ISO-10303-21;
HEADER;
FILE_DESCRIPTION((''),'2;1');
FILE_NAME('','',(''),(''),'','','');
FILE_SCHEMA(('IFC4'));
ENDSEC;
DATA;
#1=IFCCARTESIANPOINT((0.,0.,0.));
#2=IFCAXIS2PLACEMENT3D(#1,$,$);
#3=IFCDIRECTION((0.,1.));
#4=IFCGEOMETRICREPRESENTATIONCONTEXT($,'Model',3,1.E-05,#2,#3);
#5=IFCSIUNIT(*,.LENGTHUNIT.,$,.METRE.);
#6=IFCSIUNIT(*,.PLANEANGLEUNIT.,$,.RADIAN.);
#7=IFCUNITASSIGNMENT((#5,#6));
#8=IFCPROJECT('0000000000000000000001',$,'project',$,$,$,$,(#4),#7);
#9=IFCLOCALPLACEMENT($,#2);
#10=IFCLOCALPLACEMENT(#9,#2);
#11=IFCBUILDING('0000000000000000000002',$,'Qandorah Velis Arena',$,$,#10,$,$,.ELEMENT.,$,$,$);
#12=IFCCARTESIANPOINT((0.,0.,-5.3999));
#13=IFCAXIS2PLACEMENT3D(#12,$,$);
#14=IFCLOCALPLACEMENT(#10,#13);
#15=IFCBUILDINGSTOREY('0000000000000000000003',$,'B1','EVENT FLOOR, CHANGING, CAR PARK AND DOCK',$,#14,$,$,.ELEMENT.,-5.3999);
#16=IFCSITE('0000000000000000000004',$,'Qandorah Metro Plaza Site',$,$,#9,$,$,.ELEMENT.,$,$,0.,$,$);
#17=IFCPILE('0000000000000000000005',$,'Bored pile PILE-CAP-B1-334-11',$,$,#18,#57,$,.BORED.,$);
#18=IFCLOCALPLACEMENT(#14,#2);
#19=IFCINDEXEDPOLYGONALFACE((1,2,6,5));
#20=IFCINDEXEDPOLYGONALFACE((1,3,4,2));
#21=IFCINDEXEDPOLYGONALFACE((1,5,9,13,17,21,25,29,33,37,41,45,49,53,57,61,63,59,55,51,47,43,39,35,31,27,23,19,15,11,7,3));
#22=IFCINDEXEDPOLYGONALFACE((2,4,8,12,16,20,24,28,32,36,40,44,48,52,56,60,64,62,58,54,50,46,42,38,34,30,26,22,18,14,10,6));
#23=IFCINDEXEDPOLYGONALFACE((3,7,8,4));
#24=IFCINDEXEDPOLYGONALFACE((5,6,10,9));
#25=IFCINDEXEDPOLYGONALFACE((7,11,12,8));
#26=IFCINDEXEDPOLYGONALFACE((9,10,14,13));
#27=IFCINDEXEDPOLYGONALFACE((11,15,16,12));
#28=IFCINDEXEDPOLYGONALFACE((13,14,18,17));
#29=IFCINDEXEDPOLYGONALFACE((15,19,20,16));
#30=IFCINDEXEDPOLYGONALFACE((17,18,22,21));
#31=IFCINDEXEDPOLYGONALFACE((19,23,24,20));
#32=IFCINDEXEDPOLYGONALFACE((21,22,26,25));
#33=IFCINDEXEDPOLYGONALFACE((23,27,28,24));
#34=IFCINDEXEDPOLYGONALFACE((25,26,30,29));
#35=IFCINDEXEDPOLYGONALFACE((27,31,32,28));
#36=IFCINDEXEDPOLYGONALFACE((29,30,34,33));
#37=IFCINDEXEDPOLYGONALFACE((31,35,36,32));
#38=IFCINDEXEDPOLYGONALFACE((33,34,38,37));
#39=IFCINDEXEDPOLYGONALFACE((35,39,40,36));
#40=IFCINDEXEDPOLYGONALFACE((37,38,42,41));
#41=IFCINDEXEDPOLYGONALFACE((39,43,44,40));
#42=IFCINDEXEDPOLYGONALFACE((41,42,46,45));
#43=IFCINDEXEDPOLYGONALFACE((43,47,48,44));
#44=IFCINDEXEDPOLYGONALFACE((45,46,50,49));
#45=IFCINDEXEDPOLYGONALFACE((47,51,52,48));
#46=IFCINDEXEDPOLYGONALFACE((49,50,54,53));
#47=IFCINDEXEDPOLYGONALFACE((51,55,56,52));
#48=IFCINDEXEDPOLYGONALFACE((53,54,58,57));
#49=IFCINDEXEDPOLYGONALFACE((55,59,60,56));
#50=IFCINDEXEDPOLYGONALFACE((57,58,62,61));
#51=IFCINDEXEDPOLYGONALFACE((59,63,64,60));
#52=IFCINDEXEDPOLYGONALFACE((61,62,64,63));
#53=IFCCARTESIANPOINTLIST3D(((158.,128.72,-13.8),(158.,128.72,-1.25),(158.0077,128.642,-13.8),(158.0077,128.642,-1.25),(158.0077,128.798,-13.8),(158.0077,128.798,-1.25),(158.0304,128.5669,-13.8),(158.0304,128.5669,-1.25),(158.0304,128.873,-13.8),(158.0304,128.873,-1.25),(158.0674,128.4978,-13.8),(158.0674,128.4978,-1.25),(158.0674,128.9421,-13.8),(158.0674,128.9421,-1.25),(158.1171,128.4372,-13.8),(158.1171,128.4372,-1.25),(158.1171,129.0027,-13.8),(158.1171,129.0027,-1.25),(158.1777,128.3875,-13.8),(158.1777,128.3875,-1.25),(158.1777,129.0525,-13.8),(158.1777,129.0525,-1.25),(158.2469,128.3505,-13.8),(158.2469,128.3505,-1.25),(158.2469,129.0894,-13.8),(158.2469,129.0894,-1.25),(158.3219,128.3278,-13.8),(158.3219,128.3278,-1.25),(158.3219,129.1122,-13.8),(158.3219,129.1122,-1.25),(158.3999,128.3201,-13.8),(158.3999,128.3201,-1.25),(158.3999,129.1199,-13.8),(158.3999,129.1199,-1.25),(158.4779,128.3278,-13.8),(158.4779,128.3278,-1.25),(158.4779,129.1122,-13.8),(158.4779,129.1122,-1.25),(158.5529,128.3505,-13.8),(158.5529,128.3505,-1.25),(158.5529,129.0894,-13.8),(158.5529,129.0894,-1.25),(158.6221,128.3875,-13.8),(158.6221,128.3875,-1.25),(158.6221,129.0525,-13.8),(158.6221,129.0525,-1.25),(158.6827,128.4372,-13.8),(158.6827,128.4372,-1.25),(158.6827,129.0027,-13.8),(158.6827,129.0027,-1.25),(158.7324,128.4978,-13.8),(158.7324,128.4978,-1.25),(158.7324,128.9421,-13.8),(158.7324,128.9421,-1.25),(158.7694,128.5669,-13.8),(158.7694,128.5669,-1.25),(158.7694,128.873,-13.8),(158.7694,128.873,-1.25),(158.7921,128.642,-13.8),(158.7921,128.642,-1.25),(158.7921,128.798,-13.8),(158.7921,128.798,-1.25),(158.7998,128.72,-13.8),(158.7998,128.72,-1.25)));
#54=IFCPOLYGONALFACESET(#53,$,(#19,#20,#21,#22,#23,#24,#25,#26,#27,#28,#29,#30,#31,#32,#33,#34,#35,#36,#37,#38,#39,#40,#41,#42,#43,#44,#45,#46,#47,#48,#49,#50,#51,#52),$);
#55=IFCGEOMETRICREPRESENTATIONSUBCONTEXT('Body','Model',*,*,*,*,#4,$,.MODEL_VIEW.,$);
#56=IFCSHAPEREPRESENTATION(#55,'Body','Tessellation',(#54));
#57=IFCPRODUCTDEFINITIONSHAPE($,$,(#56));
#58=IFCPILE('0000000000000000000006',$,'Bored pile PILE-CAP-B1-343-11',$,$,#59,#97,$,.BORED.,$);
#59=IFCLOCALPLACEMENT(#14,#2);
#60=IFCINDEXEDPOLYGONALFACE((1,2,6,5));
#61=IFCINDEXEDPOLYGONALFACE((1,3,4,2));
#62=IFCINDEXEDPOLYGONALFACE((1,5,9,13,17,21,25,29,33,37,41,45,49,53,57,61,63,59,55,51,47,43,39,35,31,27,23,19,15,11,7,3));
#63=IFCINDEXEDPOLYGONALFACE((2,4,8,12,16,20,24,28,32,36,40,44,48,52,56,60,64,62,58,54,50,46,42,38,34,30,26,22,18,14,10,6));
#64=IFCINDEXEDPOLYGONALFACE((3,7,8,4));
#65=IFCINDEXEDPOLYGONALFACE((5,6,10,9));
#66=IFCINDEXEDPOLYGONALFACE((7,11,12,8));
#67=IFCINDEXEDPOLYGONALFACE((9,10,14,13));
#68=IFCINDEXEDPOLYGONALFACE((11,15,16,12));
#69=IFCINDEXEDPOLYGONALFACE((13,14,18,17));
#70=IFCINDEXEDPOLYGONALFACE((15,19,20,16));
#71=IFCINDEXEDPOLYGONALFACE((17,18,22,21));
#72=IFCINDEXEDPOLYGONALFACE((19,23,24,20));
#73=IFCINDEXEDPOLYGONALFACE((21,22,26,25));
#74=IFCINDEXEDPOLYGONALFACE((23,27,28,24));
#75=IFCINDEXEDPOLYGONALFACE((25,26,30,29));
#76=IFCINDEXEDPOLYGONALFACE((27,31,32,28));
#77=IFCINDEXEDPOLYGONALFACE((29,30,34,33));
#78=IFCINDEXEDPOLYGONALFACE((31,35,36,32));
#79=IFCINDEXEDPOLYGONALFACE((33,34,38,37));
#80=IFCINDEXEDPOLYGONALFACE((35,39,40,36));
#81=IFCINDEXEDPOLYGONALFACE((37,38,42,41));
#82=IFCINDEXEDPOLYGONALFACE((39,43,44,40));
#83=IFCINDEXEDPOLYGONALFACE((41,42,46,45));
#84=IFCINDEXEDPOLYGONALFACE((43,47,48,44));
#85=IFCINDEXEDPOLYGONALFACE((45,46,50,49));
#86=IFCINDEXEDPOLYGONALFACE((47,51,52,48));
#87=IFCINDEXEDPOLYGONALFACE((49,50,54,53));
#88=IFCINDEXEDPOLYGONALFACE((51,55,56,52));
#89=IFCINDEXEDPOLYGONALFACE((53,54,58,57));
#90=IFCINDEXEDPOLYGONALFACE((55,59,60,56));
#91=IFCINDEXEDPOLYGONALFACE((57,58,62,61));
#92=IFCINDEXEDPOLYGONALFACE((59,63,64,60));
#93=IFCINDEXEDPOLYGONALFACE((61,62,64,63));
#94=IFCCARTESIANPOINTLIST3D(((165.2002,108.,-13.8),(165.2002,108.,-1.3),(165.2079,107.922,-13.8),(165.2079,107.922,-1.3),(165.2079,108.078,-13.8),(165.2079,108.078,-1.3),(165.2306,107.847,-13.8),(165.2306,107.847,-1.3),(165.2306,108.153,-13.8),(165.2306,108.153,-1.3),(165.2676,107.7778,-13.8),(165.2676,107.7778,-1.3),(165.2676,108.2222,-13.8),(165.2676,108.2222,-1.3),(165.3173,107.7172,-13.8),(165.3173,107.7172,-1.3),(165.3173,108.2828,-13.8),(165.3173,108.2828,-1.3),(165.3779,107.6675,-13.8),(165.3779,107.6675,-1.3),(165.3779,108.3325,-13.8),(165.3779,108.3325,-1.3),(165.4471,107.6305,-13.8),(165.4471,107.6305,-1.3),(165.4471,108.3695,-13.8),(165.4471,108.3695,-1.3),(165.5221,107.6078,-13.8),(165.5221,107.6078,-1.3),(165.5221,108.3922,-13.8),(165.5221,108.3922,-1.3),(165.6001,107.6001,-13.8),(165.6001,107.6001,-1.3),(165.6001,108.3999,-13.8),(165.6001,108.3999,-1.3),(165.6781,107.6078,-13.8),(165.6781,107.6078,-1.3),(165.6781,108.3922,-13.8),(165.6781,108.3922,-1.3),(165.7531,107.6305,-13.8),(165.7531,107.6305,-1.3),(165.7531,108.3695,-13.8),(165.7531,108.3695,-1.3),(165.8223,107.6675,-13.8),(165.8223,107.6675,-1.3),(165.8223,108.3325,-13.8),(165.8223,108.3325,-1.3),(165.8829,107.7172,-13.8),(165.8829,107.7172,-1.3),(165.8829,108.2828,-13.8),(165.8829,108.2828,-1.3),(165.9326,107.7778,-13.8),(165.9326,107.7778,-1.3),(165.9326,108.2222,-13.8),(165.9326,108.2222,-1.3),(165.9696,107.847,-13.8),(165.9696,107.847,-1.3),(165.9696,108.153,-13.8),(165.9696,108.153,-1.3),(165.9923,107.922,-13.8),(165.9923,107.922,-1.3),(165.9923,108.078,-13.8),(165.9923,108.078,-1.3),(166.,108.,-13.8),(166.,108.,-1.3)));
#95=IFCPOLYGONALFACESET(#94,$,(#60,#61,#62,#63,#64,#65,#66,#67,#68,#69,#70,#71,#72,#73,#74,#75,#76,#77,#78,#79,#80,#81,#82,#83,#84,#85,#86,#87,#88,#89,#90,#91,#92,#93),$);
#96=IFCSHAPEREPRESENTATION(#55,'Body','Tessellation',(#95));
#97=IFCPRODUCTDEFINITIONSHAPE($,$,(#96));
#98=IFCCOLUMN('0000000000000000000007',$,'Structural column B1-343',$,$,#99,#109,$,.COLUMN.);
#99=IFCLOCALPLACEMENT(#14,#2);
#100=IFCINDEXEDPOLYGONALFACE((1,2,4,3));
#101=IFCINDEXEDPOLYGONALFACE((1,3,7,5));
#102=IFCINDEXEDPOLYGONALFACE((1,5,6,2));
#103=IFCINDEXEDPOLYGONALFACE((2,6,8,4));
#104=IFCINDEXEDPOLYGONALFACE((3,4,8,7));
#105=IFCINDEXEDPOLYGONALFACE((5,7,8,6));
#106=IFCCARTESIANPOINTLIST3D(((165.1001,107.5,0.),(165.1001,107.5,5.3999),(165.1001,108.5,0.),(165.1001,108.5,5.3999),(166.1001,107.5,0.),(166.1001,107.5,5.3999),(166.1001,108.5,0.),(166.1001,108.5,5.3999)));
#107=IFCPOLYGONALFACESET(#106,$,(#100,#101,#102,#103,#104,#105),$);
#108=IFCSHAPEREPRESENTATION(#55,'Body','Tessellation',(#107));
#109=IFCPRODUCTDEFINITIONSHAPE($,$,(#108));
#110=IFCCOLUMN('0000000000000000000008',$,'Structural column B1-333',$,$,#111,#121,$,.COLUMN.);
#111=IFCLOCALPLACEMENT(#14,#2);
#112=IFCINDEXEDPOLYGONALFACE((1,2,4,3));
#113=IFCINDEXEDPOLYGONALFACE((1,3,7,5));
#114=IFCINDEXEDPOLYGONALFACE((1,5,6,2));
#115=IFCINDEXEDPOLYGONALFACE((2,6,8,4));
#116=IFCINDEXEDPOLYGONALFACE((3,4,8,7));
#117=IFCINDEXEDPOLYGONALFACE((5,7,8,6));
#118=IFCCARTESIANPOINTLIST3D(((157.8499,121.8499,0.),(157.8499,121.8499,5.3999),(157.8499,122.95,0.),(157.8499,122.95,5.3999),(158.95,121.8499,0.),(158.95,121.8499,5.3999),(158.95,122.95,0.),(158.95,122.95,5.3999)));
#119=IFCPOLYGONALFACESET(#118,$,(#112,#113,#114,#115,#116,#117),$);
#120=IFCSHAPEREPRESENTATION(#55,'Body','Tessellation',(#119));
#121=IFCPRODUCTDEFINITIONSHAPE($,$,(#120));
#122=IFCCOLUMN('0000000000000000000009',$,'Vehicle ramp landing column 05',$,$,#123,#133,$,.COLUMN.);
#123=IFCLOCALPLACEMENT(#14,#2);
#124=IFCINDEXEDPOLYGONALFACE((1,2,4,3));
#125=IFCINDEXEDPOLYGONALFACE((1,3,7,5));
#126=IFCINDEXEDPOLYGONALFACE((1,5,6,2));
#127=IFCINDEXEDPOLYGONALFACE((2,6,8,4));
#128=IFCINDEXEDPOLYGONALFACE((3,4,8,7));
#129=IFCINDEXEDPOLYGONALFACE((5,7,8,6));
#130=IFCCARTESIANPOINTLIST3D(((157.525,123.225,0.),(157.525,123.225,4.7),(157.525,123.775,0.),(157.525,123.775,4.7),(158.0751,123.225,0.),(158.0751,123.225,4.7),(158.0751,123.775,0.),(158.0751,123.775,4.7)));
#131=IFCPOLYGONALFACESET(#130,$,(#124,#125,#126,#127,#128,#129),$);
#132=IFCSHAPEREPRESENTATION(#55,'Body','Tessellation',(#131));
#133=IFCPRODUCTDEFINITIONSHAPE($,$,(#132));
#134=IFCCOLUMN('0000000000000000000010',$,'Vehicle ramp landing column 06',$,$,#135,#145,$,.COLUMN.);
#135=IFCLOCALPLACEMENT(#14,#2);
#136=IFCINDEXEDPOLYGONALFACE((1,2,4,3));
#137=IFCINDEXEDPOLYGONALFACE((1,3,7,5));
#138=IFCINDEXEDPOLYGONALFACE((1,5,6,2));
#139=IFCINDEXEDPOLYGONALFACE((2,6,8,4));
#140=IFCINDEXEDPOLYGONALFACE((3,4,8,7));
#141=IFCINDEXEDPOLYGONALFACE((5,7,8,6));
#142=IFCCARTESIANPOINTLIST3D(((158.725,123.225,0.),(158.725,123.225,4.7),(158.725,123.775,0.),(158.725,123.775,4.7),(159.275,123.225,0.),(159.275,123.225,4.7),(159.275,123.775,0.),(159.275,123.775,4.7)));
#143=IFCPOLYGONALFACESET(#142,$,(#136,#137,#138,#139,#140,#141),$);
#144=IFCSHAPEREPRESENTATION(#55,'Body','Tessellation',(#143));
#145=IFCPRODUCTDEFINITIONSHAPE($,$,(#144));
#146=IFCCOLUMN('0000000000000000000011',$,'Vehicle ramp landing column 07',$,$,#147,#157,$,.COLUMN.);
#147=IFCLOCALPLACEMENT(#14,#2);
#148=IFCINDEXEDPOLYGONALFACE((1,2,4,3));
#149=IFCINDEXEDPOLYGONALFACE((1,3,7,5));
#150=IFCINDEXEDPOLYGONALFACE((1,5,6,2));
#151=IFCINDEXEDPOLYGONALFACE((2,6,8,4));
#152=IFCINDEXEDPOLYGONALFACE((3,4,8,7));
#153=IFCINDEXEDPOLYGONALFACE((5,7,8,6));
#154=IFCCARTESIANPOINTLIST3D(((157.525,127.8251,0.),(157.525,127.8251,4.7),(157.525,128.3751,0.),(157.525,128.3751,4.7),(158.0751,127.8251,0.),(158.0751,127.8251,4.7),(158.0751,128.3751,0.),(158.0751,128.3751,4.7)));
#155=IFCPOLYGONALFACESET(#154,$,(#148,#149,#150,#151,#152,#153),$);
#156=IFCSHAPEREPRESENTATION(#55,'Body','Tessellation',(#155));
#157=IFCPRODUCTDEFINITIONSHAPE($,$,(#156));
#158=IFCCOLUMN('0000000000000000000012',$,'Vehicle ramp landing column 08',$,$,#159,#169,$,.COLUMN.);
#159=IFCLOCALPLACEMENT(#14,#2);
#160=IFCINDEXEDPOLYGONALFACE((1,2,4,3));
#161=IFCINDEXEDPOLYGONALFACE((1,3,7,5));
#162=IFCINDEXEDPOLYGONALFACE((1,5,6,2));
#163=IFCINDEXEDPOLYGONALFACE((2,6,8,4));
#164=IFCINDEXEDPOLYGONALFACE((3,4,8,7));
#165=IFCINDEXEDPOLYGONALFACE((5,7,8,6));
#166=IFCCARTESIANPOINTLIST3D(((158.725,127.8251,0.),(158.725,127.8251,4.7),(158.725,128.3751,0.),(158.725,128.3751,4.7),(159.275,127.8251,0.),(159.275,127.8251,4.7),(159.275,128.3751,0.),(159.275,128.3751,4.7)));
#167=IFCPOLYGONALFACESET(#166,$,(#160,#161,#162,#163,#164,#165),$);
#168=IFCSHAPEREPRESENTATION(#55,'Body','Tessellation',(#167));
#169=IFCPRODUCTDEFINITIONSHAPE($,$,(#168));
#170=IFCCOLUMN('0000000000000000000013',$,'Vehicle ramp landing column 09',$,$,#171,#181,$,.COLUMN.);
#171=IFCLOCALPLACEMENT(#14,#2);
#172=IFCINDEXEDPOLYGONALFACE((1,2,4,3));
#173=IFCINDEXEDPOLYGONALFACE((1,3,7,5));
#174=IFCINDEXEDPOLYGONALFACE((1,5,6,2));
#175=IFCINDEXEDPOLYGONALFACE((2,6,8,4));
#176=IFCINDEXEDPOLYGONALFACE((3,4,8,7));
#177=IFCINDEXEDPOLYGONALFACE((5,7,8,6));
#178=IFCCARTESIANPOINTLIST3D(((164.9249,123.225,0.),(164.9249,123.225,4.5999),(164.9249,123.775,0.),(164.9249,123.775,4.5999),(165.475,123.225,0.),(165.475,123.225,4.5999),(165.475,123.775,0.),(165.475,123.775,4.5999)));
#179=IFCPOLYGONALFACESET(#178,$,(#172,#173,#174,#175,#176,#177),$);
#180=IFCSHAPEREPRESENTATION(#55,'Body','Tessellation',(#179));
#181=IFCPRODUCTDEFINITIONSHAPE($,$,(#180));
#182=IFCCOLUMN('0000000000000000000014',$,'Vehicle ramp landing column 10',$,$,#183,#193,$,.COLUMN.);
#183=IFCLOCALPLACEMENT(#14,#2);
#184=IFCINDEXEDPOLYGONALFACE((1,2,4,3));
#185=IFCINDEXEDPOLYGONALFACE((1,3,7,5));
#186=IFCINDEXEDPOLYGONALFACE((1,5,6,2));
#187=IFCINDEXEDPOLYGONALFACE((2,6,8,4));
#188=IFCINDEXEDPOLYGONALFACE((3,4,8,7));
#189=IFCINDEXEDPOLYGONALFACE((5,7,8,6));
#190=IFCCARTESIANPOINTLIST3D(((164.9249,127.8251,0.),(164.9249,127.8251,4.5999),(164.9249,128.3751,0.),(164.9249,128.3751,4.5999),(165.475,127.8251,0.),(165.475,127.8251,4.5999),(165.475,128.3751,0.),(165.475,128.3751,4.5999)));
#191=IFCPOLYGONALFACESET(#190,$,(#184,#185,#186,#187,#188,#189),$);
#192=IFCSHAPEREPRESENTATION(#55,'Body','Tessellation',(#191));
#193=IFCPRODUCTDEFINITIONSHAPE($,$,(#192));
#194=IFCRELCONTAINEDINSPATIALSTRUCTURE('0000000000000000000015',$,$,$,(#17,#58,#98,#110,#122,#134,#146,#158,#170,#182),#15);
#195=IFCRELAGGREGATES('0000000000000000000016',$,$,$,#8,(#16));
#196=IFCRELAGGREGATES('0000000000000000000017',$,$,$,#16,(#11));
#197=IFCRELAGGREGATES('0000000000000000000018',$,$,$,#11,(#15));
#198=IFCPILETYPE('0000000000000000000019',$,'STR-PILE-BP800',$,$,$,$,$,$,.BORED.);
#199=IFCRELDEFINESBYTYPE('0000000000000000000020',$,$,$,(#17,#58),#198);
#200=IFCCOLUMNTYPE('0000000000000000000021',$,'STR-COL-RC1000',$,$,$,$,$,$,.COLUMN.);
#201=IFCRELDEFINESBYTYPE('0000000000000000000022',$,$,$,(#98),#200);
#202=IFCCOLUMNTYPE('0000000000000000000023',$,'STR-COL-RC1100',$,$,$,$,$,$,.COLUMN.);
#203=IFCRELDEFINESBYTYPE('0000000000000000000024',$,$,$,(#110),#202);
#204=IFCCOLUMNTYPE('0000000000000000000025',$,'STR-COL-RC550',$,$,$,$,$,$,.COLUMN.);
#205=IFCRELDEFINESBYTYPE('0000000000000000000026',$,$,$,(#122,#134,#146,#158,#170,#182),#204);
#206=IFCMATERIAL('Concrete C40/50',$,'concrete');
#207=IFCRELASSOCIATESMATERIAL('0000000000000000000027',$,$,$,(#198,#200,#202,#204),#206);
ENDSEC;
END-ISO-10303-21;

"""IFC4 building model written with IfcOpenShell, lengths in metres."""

from ifc_helpers import new_model, si_unit, direction, frame, origin, origin_2d, place, context, subcontext, project, spatial, rectangle, circle, extrude, material, material_profile, profile_set, type_object, element, save


model = new_model("IFC4")

# Units and contexts
model_context = context("Model", 3, precision=1e-05, world=origin(), true_north=direction((0.0, 1.0)))
body_context = subcontext(model_context, "Body", "Model", "MODEL_VIEW")
ifc_project = project(units=[si_unit("LENGTHUNIT", "METRE"), si_unit("PLANEANGLEUNIT", "RADIAN")], contexts=[model_context])

# Site, building, storey
site_placement = place(None, origin())
site = spatial("IfcSite", under=ifc_project, at=site_placement, Name="Qandorah Metro Plaza Site", CompositionType="ELEMENT", RefElevation=0.0)
building_placement = place(site_placement, origin())
building = spatial("IfcBuilding", under=site, at=building_placement, Name="Qandorah Velis Arena", CompositionType="ELEMENT")
storey_placement = place(building_placement, frame((0.0, 0.0, -5.3999)))
storey = spatial("IfcBuildingStorey", under=building, at=storey_placement, Name="B1", Description="EVENT FLOOR, CHANGING, CAR PARK AND DOCK", CompositionType="ELEMENT", Elevation=-5.3999)

# Shared definitions
ifc_material = material(Name="Concrete C40/50", Category="concrete")

# Piles
ifc_material_profile_1 = material_profile(ifc_material, circle(Radius=0.3999, at=origin_2d()), Name="BORED PILE D800")
ifc_profile_set_1 = profile_set([ifc_material_profile_1], Name="Concrete C40/50")
pile_type_1 = type_object("IfcPileType", Name="STR-PILE-BP800", PredefinedType="BORED", material=ifc_profile_set_1)
pile_1_placement = place(storey_placement, frame((158.3999, 128.72, -1.25), z_axis=(0.0, 0.0, -1.0), x_axis=(1.0, 0.0, 0.0)))
element("IfcPile", 1, at=pile_1_placement, inside=storey, type_object=pile_type_1, Name="Bored pile PILE-CAP-B1-334-11", PredefinedType="BORED", context=body_context, shape_type="SweptSolid", body=[
    extrude(circle(Radius=0.3999, at=origin_2d()), origin(), (0.0, 0.0, 1.0), 12.55),
])
pile_2_placement = place(storey_placement, frame((165.6001, 108.0, -1.3), z_axis=(0.0, 0.0, -1.0), x_axis=(1.0, 0.0, 0.0)))
element("IfcPile", 2, at=pile_2_placement, inside=storey, type_object=pile_type_1, Name="Bored pile PILE-CAP-B1-343-11", PredefinedType="BORED", context=body_context, shape_type="SweptSolid", body=[
    extrude(circle(Radius=0.3999, at=origin_2d()), origin(), (0.0, 0.0, 1.0), 12.5),
])

# Columns
ifc_material_profile_2 = material_profile(ifc_material, rectangle(XDim=1.0, YDim=1.0, at=origin_2d()), Name="RC COL 1000x1000")
ifc_profile_set_2 = profile_set([ifc_material_profile_2], Name="Concrete C40/50")
column_type_1 = type_object("IfcColumnType", Name="STR-COL-RC1000", PredefinedType="COLUMN", material=ifc_profile_set_2)
column_1_placement = place(storey_placement, frame((165.6001, 108.0, 0.0), z_axis=(0.0, 0.0, 1.0), x_axis=(1.0, 0.0, 0.0)))
element("IfcColumn", 3, at=column_1_placement, inside=storey, type_object=column_type_1, Name="Structural column B1-343", PredefinedType="COLUMN", context=body_context, shape_type="SweptSolid", body=[
    extrude(rectangle(XDim=1.0, YDim=1.0, at=origin_2d()), origin(), (0.0, 0.0, 1.0), 5.3999),
])
ifc_material_profile_3 = material_profile(ifc_material, rectangle(XDim=1.1001, YDim=1.1001, at=origin_2d()), Name="RC COL 1100x1100")
ifc_profile_set_3 = profile_set([ifc_material_profile_3], Name="Concrete C40/50")
column_type_2 = type_object("IfcColumnType", Name="STR-COL-RC1100", PredefinedType="COLUMN", material=ifc_profile_set_3)
column_2_placement = place(storey_placement, frame((158.3999, 122.3999, 0.0), z_axis=(0.0, 0.0, 1.0), x_axis=(1.0, 0.0, 0.0)))
element("IfcColumn", 4, at=column_2_placement, inside=storey, type_object=column_type_2, Name="Structural column B1-333", PredefinedType="COLUMN", context=body_context, shape_type="SweptSolid", body=[
    extrude(rectangle(XDim=1.1001, YDim=1.1001, at=origin_2d()), origin(), (0.0, 0.0, 1.0), 5.3999),
])
ifc_material_profile_4 = material_profile(ifc_material, rectangle(XDim=0.55, YDim=0.55, at=origin_2d()), Name="RC COL 550x550")
ifc_profile_set_4 = profile_set([ifc_material_profile_4], Name="Concrete C40/50")
column_type_3 = type_object("IfcColumnType", Name="STR-COL-RC550", PredefinedType="COLUMN", material=ifc_profile_set_4)
for number, where, z_axis, x_axis, name in (
    (5, (157.8, 123.5, 0.0), (0.0, 0.0, 1.0), (1.0, 0.0, 0.0), "Vehicle ramp landing column 05"),
    (6, (159.0, 123.5, 0.0), (0.0, 0.0, 1.0), (1.0, 0.0, 0.0), "Vehicle ramp landing column 06"),
    (7, (157.8, 128.1001, 0.0), (0.0, 0.0, 1.0), (1.0, 0.0, 0.0), "Vehicle ramp landing column 07"),
    (8, (159.0, 128.1001, 0.0), (0.0, 0.0, 1.0), (1.0, 0.0, 0.0), "Vehicle ramp landing column 08"),
):
    element("IfcColumn", number, at=place(storey_placement, frame(where, z_axis=z_axis, x_axis=x_axis)), inside=storey, type_object=column_type_3, Name=name, PredefinedType="COLUMN", context=body_context, shape_type="SweptSolid", body=[
        extrude(rectangle(XDim=0.55, YDim=0.55, at=origin_2d()), origin(), (0.0, 0.0, 1.0), 4.7),
    ])
for number, where, z_axis, x_axis, name in (
    (9, (165.2, 123.5, 0.0), (0.0, 0.0, 1.0), (1.0, 0.0, 0.0), "Vehicle ramp landing column 09"),
    (10, (165.2, 128.1001, 0.0), (0.0, 0.0, 1.0), (1.0, 0.0, 0.0), "Vehicle ramp landing column 10"),
):
    element("IfcColumn", number, at=place(storey_placement, frame(where, z_axis=z_axis, x_axis=x_axis)), inside=storey, type_object=column_type_3, Name=name, PredefinedType="COLUMN", context=body_context, shape_type="SweptSolid", body=[
        extrude(rectangle(XDim=0.55, YDim=0.55, at=origin_2d()), origin(), (0.0, 0.0, 1.0), 4.5999),
    ])

save(model, "model.ifc")
